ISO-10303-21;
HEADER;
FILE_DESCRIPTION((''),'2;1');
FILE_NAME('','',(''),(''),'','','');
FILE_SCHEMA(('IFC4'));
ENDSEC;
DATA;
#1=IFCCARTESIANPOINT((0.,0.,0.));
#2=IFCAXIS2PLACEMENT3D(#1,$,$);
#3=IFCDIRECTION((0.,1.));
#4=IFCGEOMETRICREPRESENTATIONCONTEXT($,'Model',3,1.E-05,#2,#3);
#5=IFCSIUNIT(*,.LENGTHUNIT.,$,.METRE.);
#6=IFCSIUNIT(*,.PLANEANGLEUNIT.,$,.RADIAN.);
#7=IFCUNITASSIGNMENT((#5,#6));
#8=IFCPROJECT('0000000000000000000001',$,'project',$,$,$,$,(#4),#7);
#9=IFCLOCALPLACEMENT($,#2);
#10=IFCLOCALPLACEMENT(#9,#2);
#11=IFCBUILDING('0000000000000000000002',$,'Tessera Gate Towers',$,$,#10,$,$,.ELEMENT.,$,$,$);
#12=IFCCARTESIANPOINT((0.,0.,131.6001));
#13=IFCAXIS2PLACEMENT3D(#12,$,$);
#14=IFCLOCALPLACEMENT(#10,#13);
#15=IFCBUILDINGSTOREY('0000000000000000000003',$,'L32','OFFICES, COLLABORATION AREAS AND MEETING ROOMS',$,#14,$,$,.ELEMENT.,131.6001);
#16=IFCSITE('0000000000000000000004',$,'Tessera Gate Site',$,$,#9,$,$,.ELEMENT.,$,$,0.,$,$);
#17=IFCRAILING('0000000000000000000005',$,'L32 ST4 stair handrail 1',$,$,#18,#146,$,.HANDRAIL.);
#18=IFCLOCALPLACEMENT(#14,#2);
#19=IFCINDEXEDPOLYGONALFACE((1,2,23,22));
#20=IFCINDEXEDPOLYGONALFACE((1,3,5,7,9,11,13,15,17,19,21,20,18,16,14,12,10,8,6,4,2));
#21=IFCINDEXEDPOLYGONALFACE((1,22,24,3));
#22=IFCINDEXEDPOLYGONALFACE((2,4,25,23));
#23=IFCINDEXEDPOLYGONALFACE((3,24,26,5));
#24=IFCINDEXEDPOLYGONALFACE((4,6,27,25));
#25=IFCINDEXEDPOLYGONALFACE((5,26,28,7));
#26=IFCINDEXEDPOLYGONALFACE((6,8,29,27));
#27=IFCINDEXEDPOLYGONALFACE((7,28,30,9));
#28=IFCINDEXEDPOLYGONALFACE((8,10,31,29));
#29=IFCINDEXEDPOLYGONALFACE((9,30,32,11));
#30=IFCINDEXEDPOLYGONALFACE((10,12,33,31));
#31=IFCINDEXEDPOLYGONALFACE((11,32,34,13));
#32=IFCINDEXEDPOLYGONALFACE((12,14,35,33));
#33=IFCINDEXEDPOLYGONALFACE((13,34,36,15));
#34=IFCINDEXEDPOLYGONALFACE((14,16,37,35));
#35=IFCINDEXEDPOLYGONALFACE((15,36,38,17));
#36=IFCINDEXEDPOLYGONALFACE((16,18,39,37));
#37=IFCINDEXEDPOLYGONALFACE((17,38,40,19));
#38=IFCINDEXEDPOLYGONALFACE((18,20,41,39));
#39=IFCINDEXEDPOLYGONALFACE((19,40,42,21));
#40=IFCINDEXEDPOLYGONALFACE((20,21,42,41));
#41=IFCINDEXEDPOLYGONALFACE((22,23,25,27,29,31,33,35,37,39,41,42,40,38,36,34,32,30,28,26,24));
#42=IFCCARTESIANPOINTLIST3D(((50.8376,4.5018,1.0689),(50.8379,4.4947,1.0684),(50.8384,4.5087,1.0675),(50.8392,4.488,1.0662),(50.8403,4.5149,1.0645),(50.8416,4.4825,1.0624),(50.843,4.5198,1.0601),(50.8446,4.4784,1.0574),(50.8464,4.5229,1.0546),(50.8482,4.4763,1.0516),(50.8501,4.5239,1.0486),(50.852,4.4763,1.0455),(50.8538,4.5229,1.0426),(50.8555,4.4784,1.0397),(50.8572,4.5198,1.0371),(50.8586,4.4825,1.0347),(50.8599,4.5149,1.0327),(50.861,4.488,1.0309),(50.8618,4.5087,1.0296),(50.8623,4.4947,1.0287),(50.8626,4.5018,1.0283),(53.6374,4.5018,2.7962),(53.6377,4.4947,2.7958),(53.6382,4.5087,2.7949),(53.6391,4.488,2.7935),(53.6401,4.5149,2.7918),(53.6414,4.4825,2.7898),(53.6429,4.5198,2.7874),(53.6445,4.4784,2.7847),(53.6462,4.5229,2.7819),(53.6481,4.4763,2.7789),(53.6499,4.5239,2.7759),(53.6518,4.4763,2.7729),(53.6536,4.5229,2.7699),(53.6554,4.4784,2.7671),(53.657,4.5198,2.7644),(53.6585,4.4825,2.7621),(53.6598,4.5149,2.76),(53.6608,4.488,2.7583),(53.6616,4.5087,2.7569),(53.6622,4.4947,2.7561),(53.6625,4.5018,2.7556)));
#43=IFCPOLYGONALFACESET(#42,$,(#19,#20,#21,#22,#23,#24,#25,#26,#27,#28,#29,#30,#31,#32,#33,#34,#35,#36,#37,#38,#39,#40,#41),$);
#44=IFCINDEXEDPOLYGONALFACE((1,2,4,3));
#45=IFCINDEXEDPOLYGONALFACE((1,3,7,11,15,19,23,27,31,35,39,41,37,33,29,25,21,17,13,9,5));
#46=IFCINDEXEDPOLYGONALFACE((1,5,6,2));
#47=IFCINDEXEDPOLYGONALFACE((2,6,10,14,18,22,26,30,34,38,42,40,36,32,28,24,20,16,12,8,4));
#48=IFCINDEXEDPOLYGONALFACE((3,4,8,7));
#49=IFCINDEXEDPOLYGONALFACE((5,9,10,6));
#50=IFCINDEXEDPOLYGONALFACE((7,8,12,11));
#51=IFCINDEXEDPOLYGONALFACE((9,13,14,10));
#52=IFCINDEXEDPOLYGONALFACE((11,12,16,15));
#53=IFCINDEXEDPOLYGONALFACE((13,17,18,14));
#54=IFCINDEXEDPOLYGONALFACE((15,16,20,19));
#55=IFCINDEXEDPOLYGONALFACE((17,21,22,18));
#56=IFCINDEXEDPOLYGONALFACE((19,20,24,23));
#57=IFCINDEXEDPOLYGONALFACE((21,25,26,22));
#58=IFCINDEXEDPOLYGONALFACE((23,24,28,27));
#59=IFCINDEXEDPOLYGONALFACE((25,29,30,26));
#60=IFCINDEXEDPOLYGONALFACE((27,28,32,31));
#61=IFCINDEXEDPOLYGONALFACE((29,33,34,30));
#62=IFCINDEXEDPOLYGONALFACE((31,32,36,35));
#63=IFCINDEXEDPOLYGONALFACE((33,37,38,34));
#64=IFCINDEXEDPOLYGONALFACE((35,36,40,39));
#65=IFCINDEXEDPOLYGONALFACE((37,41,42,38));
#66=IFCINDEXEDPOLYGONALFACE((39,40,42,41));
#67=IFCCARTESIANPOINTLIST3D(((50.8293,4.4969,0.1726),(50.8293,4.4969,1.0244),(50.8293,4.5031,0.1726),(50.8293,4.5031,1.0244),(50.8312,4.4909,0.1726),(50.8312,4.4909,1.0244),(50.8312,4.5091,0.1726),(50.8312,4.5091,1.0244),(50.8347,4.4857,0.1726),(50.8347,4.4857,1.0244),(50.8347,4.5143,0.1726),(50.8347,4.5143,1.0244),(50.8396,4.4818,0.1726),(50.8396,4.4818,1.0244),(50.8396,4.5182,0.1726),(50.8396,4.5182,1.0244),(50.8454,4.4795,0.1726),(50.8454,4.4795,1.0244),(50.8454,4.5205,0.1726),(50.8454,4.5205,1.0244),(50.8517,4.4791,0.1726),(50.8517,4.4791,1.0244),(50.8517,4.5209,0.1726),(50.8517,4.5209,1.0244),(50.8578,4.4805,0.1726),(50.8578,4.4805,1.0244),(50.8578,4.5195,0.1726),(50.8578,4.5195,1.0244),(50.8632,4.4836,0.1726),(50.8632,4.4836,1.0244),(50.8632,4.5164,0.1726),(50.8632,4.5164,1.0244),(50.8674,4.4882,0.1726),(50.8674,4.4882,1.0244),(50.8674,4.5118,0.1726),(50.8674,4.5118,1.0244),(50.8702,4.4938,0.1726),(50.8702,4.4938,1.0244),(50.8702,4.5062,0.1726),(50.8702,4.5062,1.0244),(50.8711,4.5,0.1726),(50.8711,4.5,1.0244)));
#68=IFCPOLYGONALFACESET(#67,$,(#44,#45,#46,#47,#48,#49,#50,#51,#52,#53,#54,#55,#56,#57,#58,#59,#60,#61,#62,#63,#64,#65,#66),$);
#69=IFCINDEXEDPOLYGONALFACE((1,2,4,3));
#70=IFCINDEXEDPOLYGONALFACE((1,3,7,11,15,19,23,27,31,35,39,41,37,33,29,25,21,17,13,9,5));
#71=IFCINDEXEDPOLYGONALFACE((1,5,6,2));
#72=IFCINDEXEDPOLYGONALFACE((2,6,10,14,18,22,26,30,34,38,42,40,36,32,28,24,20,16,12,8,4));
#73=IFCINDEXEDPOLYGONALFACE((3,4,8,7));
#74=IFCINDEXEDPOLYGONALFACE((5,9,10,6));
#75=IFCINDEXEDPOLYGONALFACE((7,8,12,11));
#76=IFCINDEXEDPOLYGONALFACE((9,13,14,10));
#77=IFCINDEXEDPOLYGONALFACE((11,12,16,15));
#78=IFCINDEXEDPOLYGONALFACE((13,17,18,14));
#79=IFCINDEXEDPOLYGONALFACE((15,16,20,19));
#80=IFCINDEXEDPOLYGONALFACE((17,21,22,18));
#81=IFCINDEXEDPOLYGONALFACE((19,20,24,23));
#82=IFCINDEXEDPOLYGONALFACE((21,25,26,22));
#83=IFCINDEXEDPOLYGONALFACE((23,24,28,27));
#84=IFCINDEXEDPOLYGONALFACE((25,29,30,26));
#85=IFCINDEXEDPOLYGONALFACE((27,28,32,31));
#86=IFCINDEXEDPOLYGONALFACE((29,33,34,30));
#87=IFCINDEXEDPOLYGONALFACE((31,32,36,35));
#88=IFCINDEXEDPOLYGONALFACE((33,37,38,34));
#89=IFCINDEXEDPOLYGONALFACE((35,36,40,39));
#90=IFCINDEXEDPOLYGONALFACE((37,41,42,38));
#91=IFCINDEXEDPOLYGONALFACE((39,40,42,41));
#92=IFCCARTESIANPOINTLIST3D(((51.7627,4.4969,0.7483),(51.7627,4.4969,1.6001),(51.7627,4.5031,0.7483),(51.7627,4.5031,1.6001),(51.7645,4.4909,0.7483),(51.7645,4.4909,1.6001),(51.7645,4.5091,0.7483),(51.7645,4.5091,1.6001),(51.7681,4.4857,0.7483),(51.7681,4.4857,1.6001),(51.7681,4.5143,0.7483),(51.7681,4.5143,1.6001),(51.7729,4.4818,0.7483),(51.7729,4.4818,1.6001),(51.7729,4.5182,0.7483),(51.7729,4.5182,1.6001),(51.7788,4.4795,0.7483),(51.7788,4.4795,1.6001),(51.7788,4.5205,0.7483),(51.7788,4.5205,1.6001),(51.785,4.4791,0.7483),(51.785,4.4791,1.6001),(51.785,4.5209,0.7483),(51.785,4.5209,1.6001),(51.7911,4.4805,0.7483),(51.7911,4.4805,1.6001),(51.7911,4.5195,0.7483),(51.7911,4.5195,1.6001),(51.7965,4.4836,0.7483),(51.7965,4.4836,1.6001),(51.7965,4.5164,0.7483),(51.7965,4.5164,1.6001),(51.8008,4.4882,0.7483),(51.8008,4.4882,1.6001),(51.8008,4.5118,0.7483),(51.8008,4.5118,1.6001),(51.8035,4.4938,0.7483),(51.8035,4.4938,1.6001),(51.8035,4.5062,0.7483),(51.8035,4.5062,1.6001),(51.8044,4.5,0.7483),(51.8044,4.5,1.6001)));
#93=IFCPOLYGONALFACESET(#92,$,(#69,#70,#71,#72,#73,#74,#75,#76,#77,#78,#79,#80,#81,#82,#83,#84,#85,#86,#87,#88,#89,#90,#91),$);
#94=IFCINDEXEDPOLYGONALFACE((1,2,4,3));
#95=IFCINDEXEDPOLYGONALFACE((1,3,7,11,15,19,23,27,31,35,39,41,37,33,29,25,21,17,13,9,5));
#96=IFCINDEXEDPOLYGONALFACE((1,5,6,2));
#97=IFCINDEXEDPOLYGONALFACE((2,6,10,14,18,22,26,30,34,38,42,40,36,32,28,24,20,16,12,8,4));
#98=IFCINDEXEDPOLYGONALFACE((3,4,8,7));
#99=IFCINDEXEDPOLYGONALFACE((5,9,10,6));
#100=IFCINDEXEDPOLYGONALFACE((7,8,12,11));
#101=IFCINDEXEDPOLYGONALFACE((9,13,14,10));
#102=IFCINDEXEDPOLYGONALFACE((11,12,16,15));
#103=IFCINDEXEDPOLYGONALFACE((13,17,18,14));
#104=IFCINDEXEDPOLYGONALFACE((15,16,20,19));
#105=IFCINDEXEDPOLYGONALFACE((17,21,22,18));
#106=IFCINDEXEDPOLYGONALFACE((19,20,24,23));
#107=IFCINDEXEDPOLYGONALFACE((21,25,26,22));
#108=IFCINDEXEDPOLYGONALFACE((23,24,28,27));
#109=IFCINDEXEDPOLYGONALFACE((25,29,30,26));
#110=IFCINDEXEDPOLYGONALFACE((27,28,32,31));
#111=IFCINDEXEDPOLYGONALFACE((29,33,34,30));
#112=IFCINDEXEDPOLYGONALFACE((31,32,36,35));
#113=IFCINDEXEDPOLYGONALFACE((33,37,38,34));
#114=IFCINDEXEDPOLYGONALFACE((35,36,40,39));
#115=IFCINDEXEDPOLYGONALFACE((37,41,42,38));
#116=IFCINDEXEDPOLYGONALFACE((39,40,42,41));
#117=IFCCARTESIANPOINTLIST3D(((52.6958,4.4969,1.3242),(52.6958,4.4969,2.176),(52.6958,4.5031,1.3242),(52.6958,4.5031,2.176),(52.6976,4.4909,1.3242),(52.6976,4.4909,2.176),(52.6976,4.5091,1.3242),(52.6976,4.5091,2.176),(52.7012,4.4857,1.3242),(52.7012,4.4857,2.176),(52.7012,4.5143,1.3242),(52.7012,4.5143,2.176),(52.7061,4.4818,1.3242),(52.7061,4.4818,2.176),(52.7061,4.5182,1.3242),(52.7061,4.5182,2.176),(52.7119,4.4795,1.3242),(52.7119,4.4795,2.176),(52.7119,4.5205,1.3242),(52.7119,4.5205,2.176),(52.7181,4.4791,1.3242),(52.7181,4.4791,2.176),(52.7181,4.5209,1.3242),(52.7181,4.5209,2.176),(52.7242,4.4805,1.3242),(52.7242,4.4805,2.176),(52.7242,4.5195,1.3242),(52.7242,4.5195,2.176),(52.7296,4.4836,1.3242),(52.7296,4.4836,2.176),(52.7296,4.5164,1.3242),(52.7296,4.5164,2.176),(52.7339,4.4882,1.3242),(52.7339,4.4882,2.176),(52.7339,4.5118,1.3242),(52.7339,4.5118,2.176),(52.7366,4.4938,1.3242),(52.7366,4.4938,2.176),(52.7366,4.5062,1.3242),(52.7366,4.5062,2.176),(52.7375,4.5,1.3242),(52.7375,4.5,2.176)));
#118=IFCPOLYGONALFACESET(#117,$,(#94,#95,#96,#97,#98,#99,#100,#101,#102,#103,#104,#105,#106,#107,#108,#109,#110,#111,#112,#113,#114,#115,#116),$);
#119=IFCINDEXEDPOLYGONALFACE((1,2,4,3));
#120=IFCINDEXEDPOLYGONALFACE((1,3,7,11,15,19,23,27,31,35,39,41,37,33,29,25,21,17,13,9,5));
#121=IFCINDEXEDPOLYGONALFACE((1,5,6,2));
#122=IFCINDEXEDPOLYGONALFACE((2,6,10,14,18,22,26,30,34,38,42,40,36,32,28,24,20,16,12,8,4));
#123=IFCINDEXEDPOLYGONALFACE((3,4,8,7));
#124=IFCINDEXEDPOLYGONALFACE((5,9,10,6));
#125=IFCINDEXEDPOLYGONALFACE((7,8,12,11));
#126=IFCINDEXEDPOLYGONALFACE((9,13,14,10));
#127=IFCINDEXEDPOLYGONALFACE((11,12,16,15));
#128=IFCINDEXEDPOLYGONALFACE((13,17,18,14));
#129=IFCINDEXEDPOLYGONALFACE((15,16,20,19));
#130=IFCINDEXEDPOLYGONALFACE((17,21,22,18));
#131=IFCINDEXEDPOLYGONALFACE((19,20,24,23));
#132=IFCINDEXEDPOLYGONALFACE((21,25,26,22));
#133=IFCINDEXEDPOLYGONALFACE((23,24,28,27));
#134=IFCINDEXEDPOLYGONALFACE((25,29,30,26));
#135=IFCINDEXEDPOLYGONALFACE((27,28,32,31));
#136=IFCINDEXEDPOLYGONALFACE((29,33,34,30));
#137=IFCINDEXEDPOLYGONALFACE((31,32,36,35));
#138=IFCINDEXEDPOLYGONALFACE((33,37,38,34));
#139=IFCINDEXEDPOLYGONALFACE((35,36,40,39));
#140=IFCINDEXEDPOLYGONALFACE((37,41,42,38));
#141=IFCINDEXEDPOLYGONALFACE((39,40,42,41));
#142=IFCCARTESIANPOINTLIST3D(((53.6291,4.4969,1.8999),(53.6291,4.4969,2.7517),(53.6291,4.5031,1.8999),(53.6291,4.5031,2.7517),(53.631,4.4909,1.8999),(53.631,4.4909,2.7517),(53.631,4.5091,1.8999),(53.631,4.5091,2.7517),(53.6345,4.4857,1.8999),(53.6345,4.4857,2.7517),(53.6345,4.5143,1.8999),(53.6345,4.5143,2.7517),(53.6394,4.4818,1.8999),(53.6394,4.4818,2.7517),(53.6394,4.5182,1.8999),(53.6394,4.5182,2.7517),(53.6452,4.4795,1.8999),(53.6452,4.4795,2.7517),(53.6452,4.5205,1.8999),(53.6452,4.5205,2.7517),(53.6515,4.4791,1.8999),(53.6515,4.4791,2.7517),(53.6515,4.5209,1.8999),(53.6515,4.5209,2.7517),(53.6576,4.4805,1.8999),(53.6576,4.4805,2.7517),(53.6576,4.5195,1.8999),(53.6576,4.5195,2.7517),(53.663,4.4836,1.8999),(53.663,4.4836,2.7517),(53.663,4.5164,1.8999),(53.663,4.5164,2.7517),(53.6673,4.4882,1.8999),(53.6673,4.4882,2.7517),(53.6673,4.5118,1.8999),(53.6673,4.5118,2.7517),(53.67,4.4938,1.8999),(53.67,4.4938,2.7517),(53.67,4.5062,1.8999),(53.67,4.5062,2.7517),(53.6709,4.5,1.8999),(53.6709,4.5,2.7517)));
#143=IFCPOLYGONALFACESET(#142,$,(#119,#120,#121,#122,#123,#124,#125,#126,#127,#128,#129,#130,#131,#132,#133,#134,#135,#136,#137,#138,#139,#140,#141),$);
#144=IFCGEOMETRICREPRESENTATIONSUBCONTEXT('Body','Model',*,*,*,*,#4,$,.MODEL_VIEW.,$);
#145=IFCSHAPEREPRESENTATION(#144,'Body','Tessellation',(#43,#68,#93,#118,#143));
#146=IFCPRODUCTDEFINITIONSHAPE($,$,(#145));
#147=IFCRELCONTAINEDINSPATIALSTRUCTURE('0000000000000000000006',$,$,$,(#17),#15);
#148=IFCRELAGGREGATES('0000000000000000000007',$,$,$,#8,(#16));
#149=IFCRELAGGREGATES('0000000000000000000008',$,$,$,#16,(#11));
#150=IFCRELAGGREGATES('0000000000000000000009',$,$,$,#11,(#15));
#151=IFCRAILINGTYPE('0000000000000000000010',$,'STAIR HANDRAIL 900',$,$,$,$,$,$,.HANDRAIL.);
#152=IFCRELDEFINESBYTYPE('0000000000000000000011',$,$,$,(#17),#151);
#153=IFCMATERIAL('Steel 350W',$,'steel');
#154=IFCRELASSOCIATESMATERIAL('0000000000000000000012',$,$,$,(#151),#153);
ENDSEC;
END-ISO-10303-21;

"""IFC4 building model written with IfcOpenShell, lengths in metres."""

from ifc_helpers import new_model, si_unit, direction, frame, origin, origin_2d, place, context, subcontext, project, spatial, circle, extrude, material, type_object, element, save


model = new_model("IFC4")

# Units and contexts
model_context = context("Model", 3, precision=1e-05, world=origin(), true_north=direction((0.0, 1.0)))
body_context = subcontext(model_context, "Body", "Model", "MODEL_VIEW")
ifc_project = project(units=[si_unit("LENGTHUNIT", "METRE"), si_unit("PLANEANGLEUNIT", "RADIAN")], contexts=[model_context])

# Site, building, storey
site_placement = place(None, origin())
site = spatial("IfcSite", under=ifc_project, at=site_placement, Name="Tessera Gate Site", CompositionType="ELEMENT", RefElevation=0.0)
building_placement = place(site_placement, origin())
building = spatial("IfcBuilding", under=site, at=building_placement, Name="Tessera Gate Towers", CompositionType="ELEMENT")
storey_placement = place(building_placement, frame((0.0, 0.0, 131.6001)))
storey = spatial("IfcBuildingStorey", under=building, at=storey_placement, Name="L32", Description="OFFICES, COLLABORATION AREAS AND MEETING ROOMS", CompositionType="ELEMENT", Elevation=131.6001)

# Railing
ifc_material_1 = material(Name="Steel 350W", Category="steel")
railing_type_1 = type_object("IfcRailingType", Name="STAIR HANDRAIL 900", PredefinedType="HANDRAIL", material=ifc_material_1)
railing_1_placement = place(storey_placement, frame((50.8501, 4.5, 0.1726)))
element("IfcRailing", 1, at=railing_1_placement, inside=storey, type_object=railing_type_1, Name="L32 ST4 stair handrail 1", PredefinedType="HANDRAIL", context=body_context, shape_type="SweptSolid", body=[
    extrude(circle(Radius=0.0239, at=origin_2d()), frame((0.0, 0.0, 0.876), z_axis=(0.851069, 0.0, 0.525054), x_axis=(0.0, 1.0, 0.0)), (0.0, 0.0, 1.0), 3.2898),
    extrude(circle(Radius=0.021, at=origin_2d()), origin(), (0.0, 0.0, 1.0), 0.8518),
    extrude(circle(Radius=0.021, at=origin_2d()), frame((0.9333, 0.0, 0.5757)), (0.0, 0.0, 1.0), 0.8518),
    extrude(circle(Radius=0.021, at=origin_2d()), frame((1.8665, 0.0, 1.1516)), (0.0, 0.0, 1.0), 0.8518),
    extrude(circle(Radius=0.021, at=origin_2d()), frame((2.7998, 0.0, 1.7273)), (0.0, 0.0, 1.0), 0.8518),
])

save(model, "model.ifc")
